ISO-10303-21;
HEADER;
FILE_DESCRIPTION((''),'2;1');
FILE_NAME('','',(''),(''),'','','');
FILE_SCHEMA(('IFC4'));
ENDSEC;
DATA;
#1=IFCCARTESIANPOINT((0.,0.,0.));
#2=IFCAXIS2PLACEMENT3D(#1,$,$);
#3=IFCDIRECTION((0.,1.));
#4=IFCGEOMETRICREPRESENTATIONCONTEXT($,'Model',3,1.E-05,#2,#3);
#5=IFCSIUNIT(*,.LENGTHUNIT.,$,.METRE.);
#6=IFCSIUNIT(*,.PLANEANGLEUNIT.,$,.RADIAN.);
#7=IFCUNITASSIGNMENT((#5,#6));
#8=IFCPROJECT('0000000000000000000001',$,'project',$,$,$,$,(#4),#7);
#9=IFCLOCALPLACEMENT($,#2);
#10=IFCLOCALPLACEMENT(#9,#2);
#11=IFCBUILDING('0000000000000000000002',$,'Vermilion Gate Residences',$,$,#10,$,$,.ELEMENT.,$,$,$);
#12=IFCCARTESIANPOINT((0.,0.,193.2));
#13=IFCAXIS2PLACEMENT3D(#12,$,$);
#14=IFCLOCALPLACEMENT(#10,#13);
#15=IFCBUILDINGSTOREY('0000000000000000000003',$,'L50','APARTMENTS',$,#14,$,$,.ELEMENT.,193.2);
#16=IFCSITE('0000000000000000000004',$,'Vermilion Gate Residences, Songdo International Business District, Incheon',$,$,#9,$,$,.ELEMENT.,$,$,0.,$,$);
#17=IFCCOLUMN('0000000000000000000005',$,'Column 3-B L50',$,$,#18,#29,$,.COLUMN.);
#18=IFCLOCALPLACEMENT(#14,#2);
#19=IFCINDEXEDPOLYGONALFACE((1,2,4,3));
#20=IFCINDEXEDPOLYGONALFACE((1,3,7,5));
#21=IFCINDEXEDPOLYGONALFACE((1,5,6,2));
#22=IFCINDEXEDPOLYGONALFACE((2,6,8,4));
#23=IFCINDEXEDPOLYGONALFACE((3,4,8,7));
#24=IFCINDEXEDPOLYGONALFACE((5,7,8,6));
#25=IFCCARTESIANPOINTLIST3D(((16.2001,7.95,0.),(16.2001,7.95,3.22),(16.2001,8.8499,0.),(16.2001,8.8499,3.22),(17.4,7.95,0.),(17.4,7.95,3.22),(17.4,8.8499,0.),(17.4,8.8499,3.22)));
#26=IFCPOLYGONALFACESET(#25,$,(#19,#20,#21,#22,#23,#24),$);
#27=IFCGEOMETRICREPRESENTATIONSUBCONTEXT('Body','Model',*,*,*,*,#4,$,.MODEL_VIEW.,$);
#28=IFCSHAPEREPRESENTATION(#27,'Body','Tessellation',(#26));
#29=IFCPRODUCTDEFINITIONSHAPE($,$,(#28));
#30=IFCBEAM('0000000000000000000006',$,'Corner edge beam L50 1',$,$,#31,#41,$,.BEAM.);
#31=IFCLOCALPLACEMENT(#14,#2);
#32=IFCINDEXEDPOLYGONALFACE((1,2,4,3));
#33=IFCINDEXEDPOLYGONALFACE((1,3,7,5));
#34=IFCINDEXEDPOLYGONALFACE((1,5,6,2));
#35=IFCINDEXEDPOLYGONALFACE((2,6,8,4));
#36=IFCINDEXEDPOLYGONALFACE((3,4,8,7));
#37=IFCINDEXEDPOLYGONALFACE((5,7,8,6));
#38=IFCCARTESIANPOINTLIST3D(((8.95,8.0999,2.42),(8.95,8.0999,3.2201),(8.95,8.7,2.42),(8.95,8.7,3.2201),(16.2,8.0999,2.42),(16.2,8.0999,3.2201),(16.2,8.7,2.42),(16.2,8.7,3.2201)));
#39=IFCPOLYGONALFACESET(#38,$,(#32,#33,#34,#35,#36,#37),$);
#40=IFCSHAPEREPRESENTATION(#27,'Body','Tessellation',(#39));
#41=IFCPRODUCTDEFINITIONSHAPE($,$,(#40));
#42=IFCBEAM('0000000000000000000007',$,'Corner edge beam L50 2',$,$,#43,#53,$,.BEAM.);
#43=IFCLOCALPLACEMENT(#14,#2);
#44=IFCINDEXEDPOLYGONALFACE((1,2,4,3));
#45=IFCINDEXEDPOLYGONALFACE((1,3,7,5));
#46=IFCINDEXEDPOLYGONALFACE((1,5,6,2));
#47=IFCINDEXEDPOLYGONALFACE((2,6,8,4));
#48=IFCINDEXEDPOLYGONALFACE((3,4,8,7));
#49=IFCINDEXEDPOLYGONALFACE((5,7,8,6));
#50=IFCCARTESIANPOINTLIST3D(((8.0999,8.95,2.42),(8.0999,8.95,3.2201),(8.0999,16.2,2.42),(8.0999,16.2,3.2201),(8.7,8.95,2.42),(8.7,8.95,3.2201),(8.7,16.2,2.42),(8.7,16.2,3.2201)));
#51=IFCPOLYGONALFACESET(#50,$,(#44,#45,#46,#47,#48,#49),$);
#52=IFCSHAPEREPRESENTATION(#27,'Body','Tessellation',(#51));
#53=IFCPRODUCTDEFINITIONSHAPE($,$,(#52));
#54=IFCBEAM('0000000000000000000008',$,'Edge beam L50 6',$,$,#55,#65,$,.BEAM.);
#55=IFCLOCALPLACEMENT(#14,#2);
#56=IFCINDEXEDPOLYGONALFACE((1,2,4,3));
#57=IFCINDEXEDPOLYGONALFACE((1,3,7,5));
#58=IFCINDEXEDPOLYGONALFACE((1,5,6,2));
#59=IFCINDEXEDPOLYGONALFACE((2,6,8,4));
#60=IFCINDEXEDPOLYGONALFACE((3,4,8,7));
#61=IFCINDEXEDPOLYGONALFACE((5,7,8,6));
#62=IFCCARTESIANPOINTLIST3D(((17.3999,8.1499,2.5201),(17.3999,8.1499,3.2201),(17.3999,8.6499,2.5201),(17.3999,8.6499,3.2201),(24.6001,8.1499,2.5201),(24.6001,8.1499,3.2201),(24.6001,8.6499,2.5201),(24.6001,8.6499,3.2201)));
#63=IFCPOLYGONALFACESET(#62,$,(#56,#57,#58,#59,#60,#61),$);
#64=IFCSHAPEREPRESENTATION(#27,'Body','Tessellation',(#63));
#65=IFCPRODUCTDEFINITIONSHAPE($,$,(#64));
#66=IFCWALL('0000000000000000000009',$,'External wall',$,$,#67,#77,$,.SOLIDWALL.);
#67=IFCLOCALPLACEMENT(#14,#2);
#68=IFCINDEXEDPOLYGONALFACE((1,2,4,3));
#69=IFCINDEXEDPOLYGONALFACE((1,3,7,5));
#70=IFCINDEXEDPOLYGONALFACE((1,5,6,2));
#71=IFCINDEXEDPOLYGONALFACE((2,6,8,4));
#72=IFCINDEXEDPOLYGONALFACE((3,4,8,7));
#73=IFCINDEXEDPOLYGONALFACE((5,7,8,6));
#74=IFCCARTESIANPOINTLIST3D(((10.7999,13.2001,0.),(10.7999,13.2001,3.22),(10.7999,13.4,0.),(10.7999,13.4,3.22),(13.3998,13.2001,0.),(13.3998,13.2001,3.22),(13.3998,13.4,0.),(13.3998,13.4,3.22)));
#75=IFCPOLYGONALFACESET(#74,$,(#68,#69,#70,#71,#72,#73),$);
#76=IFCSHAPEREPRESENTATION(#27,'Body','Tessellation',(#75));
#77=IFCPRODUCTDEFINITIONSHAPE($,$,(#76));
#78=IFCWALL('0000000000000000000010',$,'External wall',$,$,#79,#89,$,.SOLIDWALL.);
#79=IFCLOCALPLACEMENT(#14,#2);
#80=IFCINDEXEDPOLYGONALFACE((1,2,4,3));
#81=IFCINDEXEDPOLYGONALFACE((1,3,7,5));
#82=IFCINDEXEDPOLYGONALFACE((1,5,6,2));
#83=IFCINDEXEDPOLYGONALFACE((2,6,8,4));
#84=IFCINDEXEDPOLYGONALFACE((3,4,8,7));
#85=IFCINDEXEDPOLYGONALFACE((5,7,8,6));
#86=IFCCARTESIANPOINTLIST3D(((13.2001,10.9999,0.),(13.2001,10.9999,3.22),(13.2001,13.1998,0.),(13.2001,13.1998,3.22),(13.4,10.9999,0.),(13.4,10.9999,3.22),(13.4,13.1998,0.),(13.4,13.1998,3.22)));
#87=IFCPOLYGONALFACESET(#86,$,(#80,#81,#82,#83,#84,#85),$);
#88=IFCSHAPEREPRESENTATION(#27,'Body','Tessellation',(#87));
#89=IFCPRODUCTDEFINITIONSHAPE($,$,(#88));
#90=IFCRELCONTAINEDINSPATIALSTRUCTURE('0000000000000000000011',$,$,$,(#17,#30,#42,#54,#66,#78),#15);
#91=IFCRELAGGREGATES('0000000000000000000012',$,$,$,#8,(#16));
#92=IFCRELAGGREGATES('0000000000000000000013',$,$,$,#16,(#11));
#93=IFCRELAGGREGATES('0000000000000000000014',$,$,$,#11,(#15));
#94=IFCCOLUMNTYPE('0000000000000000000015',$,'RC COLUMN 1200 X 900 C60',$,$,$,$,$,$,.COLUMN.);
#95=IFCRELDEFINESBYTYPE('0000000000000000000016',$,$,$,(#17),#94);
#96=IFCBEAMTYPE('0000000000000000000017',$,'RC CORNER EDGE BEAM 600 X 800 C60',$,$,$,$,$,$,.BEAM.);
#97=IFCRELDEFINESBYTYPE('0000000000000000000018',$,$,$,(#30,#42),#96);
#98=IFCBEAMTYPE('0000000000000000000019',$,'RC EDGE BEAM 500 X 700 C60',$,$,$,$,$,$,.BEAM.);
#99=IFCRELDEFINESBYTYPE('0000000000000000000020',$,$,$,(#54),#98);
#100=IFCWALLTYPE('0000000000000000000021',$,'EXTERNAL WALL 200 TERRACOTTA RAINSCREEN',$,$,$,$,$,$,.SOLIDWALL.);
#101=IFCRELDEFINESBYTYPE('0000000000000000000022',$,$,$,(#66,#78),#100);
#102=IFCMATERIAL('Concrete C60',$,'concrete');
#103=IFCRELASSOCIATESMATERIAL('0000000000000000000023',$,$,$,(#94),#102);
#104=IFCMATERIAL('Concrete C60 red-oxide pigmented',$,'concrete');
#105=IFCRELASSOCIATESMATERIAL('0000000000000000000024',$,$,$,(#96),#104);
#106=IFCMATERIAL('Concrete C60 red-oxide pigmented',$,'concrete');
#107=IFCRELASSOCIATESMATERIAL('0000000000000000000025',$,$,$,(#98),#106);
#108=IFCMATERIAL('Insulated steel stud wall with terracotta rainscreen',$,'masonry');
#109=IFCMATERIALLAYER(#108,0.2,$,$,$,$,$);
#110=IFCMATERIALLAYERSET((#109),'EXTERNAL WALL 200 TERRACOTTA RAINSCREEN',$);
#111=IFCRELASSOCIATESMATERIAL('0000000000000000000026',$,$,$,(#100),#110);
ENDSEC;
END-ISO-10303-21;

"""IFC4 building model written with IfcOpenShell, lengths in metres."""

from ifc_helpers import new_model, si_unit, direction, frame, frame_2d, origin, origin_2d, place, context, subcontext, project, spatial, rectangle, extrude, material, layer, layer_set, material_profile, profile_set, type_object, element, save


model = new_model("IFC4")

# Units and contexts
model_context = context("Model", 3, precision=1e-05, world=origin(), true_north=direction((0.0, 1.0)))
body_context = subcontext(model_context, "Body", "Model", "MODEL_VIEW")
ifc_project = project(units=[si_unit("LENGTHUNIT", "METRE"), si_unit("PLANEANGLEUNIT", "RADIAN")], contexts=[model_context])

# Site, building, storey
site_placement = place(None, origin())
site = spatial("IfcSite", under=ifc_project, at=site_placement, Name="Vermilion Gate Residences, Songdo International Business District, Incheon", CompositionType="ELEMENT", RefElevation=0.0)
building_placement = place(site_placement, origin())
building = spatial("IfcBuilding", under=site, at=building_placement, Name="Vermilion Gate Residences", CompositionType="ELEMENT")
storey_placement = place(building_placement, frame((0.0, 0.0, 193.2)))
storey = spatial("IfcBuildingStorey", under=building, at=storey_placement, Name="L50", Description="APARTMENTS", CompositionType="ELEMENT", Elevation=193.2)

# Column
ifc_material_1 = material(Name="Concrete C60", Category="concrete")
ifc_material_profile_1 = material_profile(ifc_material_1, rectangle(XDim=1.2, YDim=0.8999, at=origin_2d()), Name="RC-1200x900")
ifc_profile_set_1 = profile_set([ifc_material_profile_1], Name="Concrete C60")
column_type = type_object("IfcColumnType", Name="RC COLUMN 1200 X 900 C60", PredefinedType="COLUMN", material=ifc_profile_set_1)
column_placement = place(storey_placement, frame((16.8, 8.3999, 0.0), z_axis=(0.0, 0.0, 1.0), x_axis=(1.0, 0.0, 0.0)))
element("IfcColumn", 1, at=column_placement, inside=storey, type_object=column_type, Name="Column 3-B L50", PredefinedType="COLUMN", context=body_context, shape_type="SweptSolid", body=[
    extrude(rectangle(XDim=1.2, YDim=0.8999, at=origin_2d()), origin(), (0.0, 0.0, 1.0), 3.22),
])

# Beams
ifc_material_2 = material(Name="Concrete C60 red-oxide pigmented", Category="concrete")
ifc_material_profile_2 = material_profile(ifc_material_2, rectangle(XDim=0.6001, YDim=0.8, at=origin_2d()), Name="RC-600x800")
ifc_profile_set_2 = profile_set([ifc_material_profile_2], Name="Concrete C60 red-oxide pigmented")
beam_type_1 = type_object("IfcBeamType", Name="RC CORNER EDGE BEAM 600 X 800 C60", PredefinedType="BEAM", material=ifc_profile_set_2)
for number, where, z_axis, x_axis, name in (
    (2, (8.95, 8.3999, 2.8201), (1.0, 0.0, 0.0), (0.0, 1.0, 0.0), "Corner edge beam L50 1"),
    (3, (8.3999, 8.95, 2.8201), (0.0, 1.0, 0.0), (-1.0, 0.0, 0.0), "Corner edge beam L50 2"),
):
    element("IfcBeam", number, at=place(storey_placement, frame(where, z_axis=z_axis, x_axis=x_axis)), inside=storey, type_object=beam_type_1, Name=name, PredefinedType="BEAM", context=body_context, shape_type="SweptSolid", body=[
        extrude(rectangle(XDim=0.6001, YDim=0.8, at=origin_2d()), origin(), (0.0, 0.0, 1.0), 7.25),
    ])
ifc_material_3 = material(Name="Concrete C60 red-oxide pigmented", Category="concrete")
ifc_material_profile_3 = material_profile(ifc_material_3, rectangle(XDim=0.5, YDim=0.7, at=origin_2d()), Name="RC-500x700")
ifc_profile_set_3 = profile_set([ifc_material_profile_3], Name="Concrete C60 red-oxide pigmented")
beam_type_2 = type_object("IfcBeamType", Name="RC EDGE BEAM 500 X 700 C60", PredefinedType="BEAM", material=ifc_profile_set_3)
beam_placement = place(storey_placement, frame((17.3999, 8.3999, 2.8701), z_axis=(1.0, 0.0, 0.0), x_axis=(0.0, 1.0, 0.0)))
element("IfcBeam", 4, at=beam_placement, inside=storey, type_object=beam_type_2, Name="Edge beam L50 6", PredefinedType="BEAM", context=body_context, shape_type="SweptSolid", body=[
    extrude(rectangle(XDim=0.5, YDim=0.7, at=origin_2d()), origin(), (0.0, 0.0, 1.0), 7.2002),
])

# Walls
ifc_material_4 = material(Name="Insulated steel stud wall with terracotta rainscreen", Category="masonry")
ifc_layer_1 = layer(ifc_material_4, 0.2)
ifc_layer_set_1 = layer_set([ifc_layer_1], Name="EXTERNAL WALL 200 TERRACOTTA RAINSCREEN")
wall_type_1 = type_object("IfcWallType", Name="EXTERNAL WALL 200 TERRACOTTA RAINSCREEN", PredefinedType="SOLIDWALL", material=ifc_layer_set_1)
wall_1_placement = place(storey_placement, frame((10.8, 13.3, 0.0), z_axis=(0.0, 0.0, 1.0), x_axis=(1.0, 0.0, 0.0)))
element("IfcWall", 5, at=wall_1_placement, inside=storey, type_object=wall_type_1, Name="External wall", PredefinedType="SOLIDWALL", context=body_context, shape_type="SweptSolid", body=[
    extrude(rectangle(XDim=2.5999, YDim=0.2, at=frame_2d((1.2998, 0.0))), origin(), (0.0, 0.0, 1.0), 3.22),
])
wall_2_placement = place(storey_placement, frame((13.3, 13.2, 0.0), z_axis=(0.0, 0.0, 1.0), x_axis=(0.0, -1.0, 0.0)))
element("IfcWall", 6, at=wall_2_placement, inside=storey, type_object=wall_type_1, Name="External wall", PredefinedType="SOLIDWALL", context=body_context, shape_type="SweptSolid", body=[
    extrude(rectangle(XDim=2.2, YDim=0.2, at=frame_2d((1.1001, 0.0))), origin(), (0.0, 0.0, 1.0), 3.22),
])

save(model, "model.ifc")
